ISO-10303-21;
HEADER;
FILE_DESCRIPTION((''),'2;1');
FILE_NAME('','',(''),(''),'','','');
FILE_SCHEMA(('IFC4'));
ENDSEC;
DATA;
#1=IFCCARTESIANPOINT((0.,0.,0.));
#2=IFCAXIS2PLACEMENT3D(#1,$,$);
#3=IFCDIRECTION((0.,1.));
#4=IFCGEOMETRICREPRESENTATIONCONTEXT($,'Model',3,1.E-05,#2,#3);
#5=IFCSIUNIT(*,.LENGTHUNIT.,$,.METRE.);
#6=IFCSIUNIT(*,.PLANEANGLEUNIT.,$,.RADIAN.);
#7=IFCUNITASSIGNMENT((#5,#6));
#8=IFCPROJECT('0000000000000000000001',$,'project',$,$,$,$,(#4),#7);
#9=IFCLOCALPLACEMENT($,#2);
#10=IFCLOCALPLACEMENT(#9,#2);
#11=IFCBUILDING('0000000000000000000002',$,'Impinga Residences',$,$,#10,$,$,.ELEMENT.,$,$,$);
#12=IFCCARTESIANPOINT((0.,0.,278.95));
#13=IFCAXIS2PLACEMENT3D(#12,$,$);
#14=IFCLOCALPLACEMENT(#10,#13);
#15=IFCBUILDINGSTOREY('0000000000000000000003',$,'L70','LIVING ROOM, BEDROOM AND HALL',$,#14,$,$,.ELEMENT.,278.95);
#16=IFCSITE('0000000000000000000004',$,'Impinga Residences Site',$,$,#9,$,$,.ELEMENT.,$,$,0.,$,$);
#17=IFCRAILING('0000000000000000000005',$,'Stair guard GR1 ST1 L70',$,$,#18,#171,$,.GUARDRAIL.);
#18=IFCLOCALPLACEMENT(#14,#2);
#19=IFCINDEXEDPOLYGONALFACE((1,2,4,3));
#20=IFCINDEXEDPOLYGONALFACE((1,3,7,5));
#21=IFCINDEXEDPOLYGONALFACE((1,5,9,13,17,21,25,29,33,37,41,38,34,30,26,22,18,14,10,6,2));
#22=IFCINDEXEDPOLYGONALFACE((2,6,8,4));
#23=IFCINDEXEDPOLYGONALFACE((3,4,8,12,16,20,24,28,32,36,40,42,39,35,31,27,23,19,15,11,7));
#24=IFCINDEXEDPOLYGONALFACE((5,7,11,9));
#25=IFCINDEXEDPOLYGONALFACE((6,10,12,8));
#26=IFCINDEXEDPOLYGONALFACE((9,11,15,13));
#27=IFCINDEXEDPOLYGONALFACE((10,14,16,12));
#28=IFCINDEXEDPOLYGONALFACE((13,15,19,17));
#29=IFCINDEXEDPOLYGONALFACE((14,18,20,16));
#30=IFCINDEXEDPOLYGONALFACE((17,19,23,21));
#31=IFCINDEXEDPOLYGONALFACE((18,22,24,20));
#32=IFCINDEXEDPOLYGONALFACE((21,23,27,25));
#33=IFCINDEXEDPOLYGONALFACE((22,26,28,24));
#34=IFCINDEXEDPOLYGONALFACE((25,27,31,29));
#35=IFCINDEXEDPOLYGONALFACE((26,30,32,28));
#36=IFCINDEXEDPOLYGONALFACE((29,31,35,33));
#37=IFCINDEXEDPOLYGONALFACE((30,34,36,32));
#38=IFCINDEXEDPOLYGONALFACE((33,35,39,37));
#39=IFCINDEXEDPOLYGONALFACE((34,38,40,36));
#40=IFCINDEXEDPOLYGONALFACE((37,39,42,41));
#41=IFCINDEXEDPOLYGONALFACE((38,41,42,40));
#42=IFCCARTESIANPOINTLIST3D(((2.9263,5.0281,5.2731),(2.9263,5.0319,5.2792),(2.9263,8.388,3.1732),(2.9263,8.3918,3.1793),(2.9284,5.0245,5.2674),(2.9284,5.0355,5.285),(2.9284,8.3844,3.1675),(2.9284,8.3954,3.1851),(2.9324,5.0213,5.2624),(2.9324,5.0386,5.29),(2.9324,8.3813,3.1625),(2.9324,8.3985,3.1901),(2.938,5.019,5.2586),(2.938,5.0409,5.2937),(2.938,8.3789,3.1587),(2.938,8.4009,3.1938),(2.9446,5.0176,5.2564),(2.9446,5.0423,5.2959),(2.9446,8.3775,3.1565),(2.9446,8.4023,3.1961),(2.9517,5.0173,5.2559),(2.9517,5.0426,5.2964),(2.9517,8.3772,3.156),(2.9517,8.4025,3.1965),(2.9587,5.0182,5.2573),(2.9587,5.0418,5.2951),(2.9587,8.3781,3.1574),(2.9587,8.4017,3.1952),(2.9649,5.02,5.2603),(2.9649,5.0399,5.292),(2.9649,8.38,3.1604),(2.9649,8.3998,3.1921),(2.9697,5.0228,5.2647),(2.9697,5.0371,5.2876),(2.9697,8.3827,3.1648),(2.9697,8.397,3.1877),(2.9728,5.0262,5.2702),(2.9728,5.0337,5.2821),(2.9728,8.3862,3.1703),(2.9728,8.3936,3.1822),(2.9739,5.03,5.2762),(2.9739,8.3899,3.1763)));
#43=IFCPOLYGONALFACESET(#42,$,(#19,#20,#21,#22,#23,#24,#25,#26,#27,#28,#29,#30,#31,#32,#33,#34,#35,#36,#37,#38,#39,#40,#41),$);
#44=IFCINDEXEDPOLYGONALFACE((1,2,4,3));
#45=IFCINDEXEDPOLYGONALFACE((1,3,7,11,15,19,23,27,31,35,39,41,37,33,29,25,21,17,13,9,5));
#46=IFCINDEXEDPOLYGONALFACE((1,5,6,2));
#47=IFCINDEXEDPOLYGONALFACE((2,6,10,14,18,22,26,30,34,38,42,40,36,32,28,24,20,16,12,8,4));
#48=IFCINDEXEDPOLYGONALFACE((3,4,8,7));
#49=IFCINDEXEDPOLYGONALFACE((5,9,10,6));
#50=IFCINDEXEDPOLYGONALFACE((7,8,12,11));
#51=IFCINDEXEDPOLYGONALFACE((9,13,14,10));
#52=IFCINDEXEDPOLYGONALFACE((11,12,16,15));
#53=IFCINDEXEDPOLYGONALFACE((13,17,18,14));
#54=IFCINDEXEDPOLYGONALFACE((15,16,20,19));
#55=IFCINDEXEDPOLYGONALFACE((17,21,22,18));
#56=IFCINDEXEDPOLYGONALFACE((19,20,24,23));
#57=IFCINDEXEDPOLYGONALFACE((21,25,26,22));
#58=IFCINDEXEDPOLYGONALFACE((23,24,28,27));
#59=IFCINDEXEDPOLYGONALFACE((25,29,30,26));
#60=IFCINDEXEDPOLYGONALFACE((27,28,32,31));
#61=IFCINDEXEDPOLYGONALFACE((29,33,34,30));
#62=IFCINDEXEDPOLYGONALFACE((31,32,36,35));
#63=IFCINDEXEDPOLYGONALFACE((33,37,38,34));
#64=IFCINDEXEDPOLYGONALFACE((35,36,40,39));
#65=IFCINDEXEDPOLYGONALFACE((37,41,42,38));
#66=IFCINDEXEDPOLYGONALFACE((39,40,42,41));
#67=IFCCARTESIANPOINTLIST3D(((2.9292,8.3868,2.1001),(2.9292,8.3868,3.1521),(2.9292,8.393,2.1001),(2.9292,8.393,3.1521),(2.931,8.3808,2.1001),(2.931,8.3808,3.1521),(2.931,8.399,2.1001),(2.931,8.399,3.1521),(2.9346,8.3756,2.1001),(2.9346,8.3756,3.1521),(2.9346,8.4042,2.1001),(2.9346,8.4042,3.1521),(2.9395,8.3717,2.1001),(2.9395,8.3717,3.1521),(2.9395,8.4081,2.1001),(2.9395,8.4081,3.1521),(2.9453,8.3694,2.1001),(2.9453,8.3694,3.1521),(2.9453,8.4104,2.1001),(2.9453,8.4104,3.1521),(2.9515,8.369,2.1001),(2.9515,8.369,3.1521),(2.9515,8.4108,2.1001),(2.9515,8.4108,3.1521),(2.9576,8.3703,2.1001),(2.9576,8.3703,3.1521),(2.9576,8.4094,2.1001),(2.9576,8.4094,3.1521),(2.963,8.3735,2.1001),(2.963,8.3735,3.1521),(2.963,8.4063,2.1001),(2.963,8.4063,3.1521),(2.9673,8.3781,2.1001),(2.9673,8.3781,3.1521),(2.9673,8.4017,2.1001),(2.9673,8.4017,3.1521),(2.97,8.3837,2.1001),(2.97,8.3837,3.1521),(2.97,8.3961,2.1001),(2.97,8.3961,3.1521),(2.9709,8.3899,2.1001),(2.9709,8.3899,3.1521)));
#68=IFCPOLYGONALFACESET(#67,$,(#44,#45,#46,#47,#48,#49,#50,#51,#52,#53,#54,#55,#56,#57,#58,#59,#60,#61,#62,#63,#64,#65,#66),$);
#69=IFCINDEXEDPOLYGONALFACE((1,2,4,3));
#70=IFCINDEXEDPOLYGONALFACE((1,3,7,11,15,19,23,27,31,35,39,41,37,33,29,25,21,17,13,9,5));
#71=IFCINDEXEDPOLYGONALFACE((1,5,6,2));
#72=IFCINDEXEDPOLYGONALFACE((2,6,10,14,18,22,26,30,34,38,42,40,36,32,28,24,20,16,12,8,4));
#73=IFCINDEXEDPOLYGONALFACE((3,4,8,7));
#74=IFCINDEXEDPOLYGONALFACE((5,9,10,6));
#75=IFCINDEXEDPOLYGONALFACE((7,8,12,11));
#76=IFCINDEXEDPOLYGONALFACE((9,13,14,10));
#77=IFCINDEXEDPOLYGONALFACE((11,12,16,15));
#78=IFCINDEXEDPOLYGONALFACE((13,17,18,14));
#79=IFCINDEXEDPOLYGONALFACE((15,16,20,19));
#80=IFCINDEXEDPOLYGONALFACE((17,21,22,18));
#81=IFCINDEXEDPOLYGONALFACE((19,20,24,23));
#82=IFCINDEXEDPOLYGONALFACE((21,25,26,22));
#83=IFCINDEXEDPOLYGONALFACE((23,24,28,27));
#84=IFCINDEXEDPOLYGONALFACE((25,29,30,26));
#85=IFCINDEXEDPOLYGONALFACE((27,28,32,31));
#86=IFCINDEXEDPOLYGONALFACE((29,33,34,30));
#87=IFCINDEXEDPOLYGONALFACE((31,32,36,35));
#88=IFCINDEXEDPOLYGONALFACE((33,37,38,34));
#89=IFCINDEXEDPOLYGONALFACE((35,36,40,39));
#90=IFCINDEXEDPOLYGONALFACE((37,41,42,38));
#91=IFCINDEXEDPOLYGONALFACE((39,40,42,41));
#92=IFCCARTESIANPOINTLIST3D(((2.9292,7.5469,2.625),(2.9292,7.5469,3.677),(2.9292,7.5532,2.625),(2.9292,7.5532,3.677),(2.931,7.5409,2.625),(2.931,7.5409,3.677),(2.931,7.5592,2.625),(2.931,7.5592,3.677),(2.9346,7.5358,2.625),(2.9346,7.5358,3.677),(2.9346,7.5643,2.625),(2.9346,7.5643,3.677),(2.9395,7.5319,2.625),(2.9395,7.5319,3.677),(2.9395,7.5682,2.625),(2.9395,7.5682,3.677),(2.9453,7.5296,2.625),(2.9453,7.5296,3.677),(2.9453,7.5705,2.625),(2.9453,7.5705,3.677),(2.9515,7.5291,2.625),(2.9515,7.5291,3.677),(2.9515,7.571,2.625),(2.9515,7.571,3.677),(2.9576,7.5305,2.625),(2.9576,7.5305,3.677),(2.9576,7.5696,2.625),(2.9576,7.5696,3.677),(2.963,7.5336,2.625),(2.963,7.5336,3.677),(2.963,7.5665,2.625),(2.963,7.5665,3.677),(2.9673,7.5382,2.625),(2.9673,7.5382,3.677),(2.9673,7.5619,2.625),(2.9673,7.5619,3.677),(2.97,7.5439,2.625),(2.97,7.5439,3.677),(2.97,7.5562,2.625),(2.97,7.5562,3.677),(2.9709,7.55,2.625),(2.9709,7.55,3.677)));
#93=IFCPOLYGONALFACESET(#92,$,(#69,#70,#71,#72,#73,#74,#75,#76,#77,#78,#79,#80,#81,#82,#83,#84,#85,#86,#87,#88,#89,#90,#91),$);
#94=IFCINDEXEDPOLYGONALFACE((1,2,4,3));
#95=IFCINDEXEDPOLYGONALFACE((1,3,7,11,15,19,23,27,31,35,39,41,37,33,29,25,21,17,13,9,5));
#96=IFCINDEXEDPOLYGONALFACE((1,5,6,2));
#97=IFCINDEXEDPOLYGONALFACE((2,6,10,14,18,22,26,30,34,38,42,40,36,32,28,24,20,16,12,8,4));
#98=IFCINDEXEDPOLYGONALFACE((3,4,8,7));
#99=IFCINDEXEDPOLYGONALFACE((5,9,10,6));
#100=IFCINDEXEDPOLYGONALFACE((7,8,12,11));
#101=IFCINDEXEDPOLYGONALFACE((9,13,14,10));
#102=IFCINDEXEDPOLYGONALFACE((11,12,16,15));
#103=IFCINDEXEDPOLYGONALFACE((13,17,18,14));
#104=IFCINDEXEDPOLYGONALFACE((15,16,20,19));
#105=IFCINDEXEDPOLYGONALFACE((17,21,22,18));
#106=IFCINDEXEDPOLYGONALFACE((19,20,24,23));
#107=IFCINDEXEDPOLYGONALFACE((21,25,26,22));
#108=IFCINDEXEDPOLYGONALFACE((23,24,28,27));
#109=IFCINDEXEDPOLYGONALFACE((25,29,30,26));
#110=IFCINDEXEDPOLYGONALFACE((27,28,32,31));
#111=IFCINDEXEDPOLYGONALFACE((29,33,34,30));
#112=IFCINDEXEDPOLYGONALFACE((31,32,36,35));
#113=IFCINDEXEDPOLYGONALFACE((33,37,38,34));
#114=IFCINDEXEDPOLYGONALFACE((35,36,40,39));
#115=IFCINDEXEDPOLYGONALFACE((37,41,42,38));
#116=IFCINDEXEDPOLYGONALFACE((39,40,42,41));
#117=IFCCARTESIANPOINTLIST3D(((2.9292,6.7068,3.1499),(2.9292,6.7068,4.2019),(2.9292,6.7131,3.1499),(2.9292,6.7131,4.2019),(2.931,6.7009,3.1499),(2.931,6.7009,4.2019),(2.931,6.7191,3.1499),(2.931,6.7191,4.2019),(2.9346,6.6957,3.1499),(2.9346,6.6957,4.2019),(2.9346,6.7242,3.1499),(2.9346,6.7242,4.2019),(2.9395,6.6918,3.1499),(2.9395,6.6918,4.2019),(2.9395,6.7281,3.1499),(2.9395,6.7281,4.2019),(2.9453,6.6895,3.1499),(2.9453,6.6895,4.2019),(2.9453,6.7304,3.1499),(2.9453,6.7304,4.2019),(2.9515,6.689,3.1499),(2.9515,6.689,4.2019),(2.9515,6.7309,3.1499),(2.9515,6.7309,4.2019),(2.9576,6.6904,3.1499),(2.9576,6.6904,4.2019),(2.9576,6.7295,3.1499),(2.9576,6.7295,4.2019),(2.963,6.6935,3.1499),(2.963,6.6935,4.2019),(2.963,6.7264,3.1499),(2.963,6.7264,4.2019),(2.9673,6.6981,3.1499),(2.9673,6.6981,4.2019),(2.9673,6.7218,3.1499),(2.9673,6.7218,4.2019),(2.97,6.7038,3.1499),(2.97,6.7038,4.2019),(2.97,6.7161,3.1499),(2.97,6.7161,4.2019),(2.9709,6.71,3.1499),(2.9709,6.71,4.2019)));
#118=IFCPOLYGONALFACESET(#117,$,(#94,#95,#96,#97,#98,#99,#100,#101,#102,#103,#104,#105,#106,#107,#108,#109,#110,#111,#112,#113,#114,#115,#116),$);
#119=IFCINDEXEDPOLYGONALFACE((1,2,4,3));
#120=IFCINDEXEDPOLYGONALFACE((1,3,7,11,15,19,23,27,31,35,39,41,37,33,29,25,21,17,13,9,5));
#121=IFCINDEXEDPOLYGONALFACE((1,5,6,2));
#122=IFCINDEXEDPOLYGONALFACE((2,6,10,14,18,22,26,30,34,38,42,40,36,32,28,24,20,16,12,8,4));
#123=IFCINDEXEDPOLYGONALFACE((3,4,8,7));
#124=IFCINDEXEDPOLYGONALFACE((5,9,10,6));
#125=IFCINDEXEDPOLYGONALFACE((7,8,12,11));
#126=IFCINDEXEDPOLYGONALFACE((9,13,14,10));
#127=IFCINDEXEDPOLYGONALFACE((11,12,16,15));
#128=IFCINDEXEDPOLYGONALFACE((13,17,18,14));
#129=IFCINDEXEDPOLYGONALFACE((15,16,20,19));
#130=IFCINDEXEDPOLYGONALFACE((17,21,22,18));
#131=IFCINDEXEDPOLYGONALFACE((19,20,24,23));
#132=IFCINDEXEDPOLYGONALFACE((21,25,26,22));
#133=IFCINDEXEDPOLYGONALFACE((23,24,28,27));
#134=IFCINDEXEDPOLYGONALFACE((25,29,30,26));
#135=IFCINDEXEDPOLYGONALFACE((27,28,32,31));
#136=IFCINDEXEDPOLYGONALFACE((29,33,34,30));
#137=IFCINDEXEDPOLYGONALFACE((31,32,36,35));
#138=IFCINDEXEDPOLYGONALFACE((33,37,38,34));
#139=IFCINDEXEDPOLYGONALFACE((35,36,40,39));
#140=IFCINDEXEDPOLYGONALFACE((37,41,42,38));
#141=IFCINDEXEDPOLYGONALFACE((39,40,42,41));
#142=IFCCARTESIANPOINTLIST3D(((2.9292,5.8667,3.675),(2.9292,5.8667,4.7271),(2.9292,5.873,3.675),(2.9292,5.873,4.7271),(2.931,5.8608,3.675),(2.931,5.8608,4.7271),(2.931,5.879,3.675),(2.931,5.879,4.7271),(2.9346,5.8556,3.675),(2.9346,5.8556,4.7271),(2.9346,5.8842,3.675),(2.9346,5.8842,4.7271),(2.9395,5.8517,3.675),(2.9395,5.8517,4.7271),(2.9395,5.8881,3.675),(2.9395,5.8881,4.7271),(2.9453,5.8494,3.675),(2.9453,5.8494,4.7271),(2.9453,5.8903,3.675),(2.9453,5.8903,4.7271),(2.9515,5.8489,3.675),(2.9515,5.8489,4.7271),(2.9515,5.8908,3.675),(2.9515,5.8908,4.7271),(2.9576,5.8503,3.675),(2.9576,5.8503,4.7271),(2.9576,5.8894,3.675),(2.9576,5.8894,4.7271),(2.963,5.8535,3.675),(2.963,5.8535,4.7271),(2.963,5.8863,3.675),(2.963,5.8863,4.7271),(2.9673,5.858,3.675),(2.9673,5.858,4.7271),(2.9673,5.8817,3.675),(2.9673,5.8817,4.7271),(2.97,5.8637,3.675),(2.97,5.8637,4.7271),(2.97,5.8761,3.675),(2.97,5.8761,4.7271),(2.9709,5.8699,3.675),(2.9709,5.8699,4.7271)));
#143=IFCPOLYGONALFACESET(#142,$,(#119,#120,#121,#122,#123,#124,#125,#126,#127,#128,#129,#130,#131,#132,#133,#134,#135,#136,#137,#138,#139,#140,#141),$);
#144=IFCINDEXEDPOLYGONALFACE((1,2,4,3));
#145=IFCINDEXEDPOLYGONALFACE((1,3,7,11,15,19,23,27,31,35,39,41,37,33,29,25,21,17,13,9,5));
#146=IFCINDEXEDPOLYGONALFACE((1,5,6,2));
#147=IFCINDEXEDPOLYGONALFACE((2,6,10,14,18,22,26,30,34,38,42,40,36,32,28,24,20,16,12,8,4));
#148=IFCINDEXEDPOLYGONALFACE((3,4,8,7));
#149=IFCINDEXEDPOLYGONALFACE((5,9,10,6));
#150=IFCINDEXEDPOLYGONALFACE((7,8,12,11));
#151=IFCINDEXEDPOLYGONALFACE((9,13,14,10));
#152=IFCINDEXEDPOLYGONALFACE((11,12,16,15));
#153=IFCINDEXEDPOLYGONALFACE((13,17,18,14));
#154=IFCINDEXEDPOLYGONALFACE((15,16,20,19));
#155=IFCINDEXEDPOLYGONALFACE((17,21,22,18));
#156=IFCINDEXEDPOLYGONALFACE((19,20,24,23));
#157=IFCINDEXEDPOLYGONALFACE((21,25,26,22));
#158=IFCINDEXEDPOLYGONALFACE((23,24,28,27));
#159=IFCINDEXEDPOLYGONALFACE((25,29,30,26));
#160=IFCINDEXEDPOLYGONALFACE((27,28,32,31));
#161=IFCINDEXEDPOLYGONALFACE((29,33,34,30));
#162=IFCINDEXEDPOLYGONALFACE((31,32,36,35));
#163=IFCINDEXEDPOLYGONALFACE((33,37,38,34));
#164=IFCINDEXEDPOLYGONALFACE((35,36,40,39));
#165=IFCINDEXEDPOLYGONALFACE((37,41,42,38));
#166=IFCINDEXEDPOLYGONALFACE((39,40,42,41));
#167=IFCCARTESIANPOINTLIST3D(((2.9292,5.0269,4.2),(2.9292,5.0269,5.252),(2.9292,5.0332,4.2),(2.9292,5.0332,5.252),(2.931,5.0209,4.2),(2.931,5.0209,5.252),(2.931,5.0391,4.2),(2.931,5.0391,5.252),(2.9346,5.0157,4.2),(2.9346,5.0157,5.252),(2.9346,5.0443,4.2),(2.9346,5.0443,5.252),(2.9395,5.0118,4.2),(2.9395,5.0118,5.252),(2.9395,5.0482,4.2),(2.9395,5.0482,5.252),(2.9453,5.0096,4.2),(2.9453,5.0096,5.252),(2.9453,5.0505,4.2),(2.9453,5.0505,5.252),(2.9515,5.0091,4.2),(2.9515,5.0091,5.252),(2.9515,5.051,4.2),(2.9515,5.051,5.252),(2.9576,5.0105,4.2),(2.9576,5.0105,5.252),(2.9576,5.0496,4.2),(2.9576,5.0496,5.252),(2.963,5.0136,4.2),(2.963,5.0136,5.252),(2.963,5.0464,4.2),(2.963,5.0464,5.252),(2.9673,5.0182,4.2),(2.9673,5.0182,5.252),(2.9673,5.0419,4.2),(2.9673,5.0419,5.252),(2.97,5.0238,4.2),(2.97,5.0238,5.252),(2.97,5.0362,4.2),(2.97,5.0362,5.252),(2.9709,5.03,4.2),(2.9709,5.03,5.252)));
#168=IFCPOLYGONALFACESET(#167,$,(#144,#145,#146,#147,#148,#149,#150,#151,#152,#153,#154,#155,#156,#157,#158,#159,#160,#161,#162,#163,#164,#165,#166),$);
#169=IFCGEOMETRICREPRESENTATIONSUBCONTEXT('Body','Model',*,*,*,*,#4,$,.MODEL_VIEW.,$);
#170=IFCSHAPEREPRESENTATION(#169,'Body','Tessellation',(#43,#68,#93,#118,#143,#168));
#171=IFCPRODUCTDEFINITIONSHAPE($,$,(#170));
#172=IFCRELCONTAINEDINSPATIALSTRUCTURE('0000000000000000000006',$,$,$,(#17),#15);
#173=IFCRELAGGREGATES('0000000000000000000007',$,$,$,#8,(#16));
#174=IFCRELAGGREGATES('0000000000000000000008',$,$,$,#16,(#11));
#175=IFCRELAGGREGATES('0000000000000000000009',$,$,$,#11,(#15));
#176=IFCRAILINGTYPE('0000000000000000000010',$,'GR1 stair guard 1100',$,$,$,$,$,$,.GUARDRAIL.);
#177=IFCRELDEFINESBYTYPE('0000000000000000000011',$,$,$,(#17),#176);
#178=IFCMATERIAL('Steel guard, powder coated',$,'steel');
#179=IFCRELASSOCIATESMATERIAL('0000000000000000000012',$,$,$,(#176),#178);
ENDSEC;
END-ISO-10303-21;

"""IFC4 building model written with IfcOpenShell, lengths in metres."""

from ifc_helpers import new_model, si_unit, direction, frame, origin, origin_2d, place, context, subcontext, project, spatial, circle, extrude, material, type_object, element, save


model = new_model("IFC4")

# Units and contexts
model_context = context("Model", 3, precision=1e-05, world=origin(), true_north=direction((0.0, 1.0)))
body_context = subcontext(model_context, "Body", "Model", "MODEL_VIEW")
ifc_project = project(units=[si_unit("LENGTHUNIT", "METRE"), si_unit("PLANEANGLEUNIT", "RADIAN")], contexts=[model_context])

# Site, building, storey
site_placement = place(None, origin())
site = spatial("IfcSite", under=ifc_project, at=site_placement, Name="Impinga Residences Site", CompositionType="ELEMENT", RefElevation=0.0)
building_placement = place(site_placement, origin())
building = spatial("IfcBuilding", under=site, at=building_placement, Name="Impinga Residences", CompositionType="ELEMENT")
storey_placement = place(building_placement, frame((0.0, 0.0, 278.95)))
storey = spatial("IfcBuildingStorey", under=building, at=storey_placement, Name="L70", Description="LIVING ROOM, BEDROOM AND HALL", CompositionType="ELEMENT", Elevation=278.95)

# Railing
ifc_material_1 = material(Name="Steel guard, powder coated", Category="steel")
railing_type_1 = type_object("IfcRailingType", Name="GR1 stair guard 1100", PredefinedType="GUARDRAIL", material=ifc_material_1)
railing_1_placement = place(storey_placement, frame((2.95, 8.3899, 2.1001)))
element("IfcRailing", 1, at=railing_1_placement, inside=storey, type_object=railing_type_1, Name="Stair guard GR1 ST1 L70", PredefinedType="GUARDRAIL", context=body_context, shape_type="SweptSolid", body=[
    extrude(circle(Radius=0.0239, at=origin_2d()), frame((0.0, 0.0, 1.0762), z_axis=(0.0, -0.848005, 0.529988), x_axis=(1.0, 0.0, 0.0)), (0.0, 0.0, 1.0), 3.9622),
    extrude(circle(Radius=0.021, at=origin_2d()), origin(), (0.0, 0.0, 1.0), 1.052),
    extrude(circle(Radius=0.021, at=origin_2d()), frame((0.0, -0.8398, 0.5249)), (0.0, 0.0, 1.0), 1.052),
    extrude(circle(Radius=0.021, at=origin_2d()), frame((0.0, -1.6799, 1.0498)), (0.0, 0.0, 1.0), 1.052),
    extrude(circle(Radius=0.021, at=origin_2d()), frame((0.0, -2.52, 1.575)), (0.0, 0.0, 1.0), 1.052),
    extrude(circle(Radius=0.021, at=origin_2d()), frame((0.0, -3.3599, 2.0999)), (0.0, 0.0, 1.0), 1.052),
])

save(model, "model.ifc")
